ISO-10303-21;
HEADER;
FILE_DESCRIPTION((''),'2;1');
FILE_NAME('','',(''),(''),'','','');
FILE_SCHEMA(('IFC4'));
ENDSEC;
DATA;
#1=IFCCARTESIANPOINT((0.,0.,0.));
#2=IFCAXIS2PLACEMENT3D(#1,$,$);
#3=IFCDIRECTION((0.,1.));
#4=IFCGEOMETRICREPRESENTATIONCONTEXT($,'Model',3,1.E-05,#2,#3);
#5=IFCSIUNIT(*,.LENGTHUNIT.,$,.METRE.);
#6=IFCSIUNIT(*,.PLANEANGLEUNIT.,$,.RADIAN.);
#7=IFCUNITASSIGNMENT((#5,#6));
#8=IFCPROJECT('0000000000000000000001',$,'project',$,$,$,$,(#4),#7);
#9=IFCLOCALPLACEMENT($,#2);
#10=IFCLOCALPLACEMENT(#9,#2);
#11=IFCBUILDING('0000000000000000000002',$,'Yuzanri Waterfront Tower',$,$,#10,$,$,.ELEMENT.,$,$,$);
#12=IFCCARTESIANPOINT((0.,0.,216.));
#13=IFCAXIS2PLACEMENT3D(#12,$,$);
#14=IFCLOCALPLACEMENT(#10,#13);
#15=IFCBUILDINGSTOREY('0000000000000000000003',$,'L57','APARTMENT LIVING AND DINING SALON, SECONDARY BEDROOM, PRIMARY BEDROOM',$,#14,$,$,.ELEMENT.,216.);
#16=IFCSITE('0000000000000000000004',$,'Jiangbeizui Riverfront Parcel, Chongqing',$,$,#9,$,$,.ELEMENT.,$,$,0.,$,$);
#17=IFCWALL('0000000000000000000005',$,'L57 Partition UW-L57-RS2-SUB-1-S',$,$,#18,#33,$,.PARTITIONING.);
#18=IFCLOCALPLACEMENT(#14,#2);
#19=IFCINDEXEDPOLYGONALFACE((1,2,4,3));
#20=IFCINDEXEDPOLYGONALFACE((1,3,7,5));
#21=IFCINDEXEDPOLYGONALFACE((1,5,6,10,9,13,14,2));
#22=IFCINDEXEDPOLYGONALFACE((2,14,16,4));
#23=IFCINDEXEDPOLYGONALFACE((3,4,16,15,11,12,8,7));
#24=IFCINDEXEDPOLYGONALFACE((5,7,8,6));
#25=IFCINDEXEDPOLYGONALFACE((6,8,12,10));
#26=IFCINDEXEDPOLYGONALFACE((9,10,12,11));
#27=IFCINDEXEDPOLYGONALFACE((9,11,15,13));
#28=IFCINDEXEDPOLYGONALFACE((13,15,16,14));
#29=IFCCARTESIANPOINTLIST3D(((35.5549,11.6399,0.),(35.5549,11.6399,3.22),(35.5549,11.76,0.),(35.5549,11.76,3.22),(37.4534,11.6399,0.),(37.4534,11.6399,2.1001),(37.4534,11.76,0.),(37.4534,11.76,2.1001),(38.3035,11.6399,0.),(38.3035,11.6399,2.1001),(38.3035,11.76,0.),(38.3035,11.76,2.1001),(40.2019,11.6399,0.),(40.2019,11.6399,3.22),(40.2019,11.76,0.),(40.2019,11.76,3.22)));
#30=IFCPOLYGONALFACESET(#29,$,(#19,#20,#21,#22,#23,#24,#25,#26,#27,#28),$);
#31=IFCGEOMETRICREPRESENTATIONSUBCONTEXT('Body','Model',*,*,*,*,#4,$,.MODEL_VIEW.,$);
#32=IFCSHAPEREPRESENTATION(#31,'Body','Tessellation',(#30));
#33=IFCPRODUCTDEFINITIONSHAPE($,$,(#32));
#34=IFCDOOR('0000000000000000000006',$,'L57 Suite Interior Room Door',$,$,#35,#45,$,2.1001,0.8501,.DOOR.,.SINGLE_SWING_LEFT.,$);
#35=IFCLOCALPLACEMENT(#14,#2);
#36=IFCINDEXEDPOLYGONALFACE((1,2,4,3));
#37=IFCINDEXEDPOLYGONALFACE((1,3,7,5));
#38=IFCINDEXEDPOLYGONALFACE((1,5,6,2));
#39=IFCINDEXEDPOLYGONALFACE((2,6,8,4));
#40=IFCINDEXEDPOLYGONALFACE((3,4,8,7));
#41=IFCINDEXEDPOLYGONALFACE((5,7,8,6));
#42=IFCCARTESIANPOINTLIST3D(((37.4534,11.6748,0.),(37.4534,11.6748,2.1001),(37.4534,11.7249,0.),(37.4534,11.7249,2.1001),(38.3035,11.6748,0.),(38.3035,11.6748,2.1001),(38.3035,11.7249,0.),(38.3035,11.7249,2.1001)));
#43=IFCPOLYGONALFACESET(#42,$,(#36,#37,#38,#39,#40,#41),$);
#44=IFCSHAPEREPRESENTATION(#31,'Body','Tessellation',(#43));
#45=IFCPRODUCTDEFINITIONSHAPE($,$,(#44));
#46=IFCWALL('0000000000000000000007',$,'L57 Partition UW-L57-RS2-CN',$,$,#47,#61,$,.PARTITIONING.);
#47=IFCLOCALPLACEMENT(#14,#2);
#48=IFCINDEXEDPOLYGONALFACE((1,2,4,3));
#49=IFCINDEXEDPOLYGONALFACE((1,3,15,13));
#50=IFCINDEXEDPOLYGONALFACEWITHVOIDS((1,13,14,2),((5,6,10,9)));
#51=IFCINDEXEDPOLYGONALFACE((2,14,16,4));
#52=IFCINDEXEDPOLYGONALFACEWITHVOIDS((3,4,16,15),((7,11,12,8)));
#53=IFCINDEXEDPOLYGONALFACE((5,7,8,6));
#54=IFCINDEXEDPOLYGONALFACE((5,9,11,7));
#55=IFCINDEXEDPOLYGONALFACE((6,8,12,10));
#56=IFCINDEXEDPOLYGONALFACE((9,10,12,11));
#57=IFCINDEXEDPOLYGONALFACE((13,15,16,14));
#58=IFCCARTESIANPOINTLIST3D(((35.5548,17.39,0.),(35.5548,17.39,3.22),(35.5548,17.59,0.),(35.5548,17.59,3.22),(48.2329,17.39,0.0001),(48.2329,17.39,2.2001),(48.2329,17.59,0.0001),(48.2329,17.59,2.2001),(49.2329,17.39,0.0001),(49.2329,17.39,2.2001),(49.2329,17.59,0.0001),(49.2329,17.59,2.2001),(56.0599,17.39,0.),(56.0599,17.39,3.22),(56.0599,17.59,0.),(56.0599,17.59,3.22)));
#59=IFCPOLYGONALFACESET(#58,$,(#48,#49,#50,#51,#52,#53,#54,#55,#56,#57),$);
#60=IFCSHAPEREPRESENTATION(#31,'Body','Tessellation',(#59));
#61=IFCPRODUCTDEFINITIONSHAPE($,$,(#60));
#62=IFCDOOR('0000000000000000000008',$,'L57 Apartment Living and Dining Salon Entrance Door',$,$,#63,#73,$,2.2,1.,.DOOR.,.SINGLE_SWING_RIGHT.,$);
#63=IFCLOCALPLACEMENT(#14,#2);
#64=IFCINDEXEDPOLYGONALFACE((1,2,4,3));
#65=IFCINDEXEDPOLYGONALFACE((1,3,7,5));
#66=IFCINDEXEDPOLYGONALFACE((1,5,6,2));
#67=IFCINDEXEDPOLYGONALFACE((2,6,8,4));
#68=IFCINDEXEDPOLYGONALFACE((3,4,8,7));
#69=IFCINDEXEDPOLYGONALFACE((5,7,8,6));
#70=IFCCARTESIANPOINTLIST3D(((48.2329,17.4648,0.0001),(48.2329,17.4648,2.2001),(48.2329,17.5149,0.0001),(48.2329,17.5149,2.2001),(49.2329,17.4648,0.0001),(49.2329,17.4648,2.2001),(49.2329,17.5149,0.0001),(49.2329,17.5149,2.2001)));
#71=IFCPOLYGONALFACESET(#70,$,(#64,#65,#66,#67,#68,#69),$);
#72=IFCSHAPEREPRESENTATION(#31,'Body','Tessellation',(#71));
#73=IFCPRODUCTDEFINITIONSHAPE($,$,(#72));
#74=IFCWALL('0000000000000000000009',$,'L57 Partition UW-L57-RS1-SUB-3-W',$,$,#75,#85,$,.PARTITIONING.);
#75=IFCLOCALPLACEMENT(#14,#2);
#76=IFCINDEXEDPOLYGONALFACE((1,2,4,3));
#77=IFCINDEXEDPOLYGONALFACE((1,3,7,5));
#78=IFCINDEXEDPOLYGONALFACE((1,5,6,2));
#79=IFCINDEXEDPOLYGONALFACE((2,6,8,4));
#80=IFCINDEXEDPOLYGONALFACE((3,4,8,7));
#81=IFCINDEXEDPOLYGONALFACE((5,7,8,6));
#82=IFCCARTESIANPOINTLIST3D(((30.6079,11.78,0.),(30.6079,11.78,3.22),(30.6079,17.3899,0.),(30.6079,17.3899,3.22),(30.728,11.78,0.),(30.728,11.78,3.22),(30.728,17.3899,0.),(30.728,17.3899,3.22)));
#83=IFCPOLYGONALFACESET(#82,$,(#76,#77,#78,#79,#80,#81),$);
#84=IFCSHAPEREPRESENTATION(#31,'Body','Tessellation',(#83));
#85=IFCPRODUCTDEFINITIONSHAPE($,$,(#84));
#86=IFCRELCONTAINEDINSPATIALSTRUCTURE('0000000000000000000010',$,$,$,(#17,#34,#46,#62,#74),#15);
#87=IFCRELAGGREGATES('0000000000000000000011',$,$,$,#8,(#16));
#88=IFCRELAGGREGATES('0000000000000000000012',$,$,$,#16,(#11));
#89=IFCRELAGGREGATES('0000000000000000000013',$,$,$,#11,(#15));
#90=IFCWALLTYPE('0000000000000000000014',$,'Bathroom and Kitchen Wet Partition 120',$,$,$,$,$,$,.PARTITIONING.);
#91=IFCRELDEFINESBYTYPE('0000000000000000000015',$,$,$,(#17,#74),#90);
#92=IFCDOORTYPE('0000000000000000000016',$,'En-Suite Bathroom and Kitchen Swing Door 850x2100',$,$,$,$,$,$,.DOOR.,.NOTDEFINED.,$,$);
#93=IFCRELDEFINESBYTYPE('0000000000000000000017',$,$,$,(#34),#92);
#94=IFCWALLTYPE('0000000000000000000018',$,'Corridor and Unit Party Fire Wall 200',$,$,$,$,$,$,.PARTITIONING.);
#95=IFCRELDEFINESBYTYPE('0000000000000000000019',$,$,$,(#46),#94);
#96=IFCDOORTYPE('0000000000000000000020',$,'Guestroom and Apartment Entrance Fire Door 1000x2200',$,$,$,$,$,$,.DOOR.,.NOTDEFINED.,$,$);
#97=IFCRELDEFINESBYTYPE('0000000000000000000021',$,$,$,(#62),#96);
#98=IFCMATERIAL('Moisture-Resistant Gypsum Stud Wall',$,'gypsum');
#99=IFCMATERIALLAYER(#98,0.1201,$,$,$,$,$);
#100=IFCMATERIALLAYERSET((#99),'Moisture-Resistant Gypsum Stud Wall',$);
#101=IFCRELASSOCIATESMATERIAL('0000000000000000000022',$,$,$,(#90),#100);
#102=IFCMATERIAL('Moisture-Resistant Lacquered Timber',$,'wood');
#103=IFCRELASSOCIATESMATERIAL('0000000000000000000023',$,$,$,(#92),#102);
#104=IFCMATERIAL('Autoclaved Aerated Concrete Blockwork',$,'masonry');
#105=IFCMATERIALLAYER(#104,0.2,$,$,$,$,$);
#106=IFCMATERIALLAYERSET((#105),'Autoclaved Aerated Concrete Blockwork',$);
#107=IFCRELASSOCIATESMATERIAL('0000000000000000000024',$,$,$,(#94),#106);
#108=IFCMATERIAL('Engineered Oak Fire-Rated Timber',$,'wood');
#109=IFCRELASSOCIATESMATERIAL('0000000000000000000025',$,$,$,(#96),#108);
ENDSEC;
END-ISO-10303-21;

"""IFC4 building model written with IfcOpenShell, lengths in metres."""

from ifc_helpers import new_model, si_unit, direction, frame, frame_2d, origin, place, context, subcontext, project, spatial, rectangle, extrude, source, transform, mapped, material, layer, layer_set, type_object, element, fill, save


model = new_model("IFC4")

# Units and contexts
model_context = context("Model", 3, precision=1e-05, world=origin(), true_north=direction((0.0, 1.0)))
body_context = subcontext(model_context, "Body", "Model", "MODEL_VIEW")
ifc_project = project(units=[si_unit("LENGTHUNIT", "METRE"), si_unit("PLANEANGLEUNIT", "RADIAN")], contexts=[model_context])

# Site, building, storey
site_placement = place(None, origin())
site = spatial("IfcSite", under=ifc_project, at=site_placement, Name="Jiangbeizui Riverfront Parcel, Chongqing", CompositionType="ELEMENT", RefElevation=0.0)
building_placement = place(site_placement, origin())
building = spatial("IfcBuilding", under=site, at=building_placement, Name="Yuzanri Waterfront Tower", CompositionType="ELEMENT")
storey_placement = place(building_placement, frame((0.0, 0.0, 216.0)))
storey = spatial("IfcBuildingStorey", under=building, at=storey_placement, Name="L57", Description="APARTMENT LIVING AND DINING SALON, SECONDARY BEDROOM, PRIMARY BEDROOM", CompositionType="ELEMENT", Elevation=216.0)

# Wall, opening, door
ifc_material_1 = material(Name="Moisture-Resistant Gypsum Stud Wall", Category="gypsum")
ifc_layer_1 = layer(ifc_material_1, 0.1201)
ifc_layer_set_1 = layer_set([ifc_layer_1], Name="Moisture-Resistant Gypsum Stud Wall")
wall_type_1 = type_object("IfcWallType", Name="Bathroom and Kitchen Wet Partition 120", PredefinedType="PARTITIONING", material=ifc_layer_set_1)
ifc_material_2 = material(Name="Moisture-Resistant Lacquered Timber", Category="wood")
door_type_1 = type_object("IfcDoorType", Name="En-Suite Bathroom and Kitchen Swing Door 850x2100", OperationType="NOTDEFINED", PredefinedType="DOOR", material=ifc_material_2)
shared_shape_1 = source(origin(), body_context, "Body", "SweptSolid", [
    extrude(rectangle(XDim=0.8501, YDim=2.1001, at=frame_2d((0.425, 1.05))), frame((0.0, 0.0249, 0.0), z_axis=(0.0, -1.0, 0.0), x_axis=(1.0, 0.0, 0.0)), (0.0, 0.0, 1.0), 0.05),
])
wall_1_placement = place(storey_placement, frame((35.5549, 11.7, 0.0), z_axis=(0.0, 0.0, 1.0), x_axis=(1.0, 0.0, 0.0)))
wall_1 = element("IfcWall", 1, at=wall_1_placement, inside=storey, type_object=wall_type_1, Name="L57 Partition UW-L57-RS2-SUB-1-S", PredefinedType="PARTITIONING", context=body_context, shape_type="SweptSolid", body=[
    extrude(rectangle(XDim=4.647, YDim=0.1201, at=frame_2d((2.3235, 0.0))), origin(), (0.0, 0.0, 1.0), 3.22),
])
opening_1_placement = place(wall_1_placement, frame((1.8984, 0.0, 0.0)))
opening_1 = element("IfcOpeningElement", 2, at=opening_1_placement, cuts=wall_1, PredefinedType="OPENING", context=body_context, shape_type="SweptSolid", body=[
    extrude(rectangle(XDim=0.8501, YDim=2.1001, at=frame_2d((0.425, 1.05))), frame((0.0, 0.075, 0.0), z_axis=(0.0, -1.0, 0.0), x_axis=(1.0, 0.0, 0.0)), (0.0, 0.0, 1.0), 0.1499),
])
door_1_placement = place(opening_1_placement, origin())
door_1 = element("IfcDoor", 3, at=door_1_placement, inside=storey, type_object=door_type_1, Name="L57 Suite Interior Room Door", OperationType="SINGLE_SWING_LEFT", OverallHeight=2.1001, OverallWidth=0.8501, PredefinedType="DOOR", context=body_context, shape_type="MappedRepresentation", body=[
    mapped(shared_shape_1, transform((0.0, 0.0, 0.0), scale=1.0)),
])
fill(opening_1, door_1)

# Wall, opening, door
ifc_material_3 = material(Name="Autoclaved Aerated Concrete Blockwork", Category="masonry")
ifc_layer_2 = layer(ifc_material_3, 0.2)
ifc_layer_set_2 = layer_set([ifc_layer_2], Name="Autoclaved Aerated Concrete Blockwork")
wall_type_2 = type_object("IfcWallType", Name="Corridor and Unit Party Fire Wall 200", PredefinedType="PARTITIONING", material=ifc_layer_set_2)
wall_2_placement = place(storey_placement, frame((35.5549, 17.49, 0.0), z_axis=(0.0, 0.0, 1.0), x_axis=(1.0, 0.0, 0.0)))
wall_2 = element("IfcWall", 4, at=wall_2_placement, inside=storey, type_object=wall_type_2, Name="L57 Partition UW-L57-RS2-CN", PredefinedType="PARTITIONING", context=body_context, shape_type="SweptSolid", body=[
    extrude(rectangle(XDim=20.5051, YDim=0.2, at=frame_2d((10.2524, 0.0))), origin(), (0.0, 0.0, 1.0), 3.22),
])
opening_2_placement = place(wall_2_placement, frame((12.678, 0.0, 0.0)))
opening_2 = element("IfcOpeningElement", 5, at=opening_2_placement, cuts=wall_2, PredefinedType="OPENING", context=body_context, shape_type="SweptSolid", body=[
    extrude(rectangle(XDim=1.0, YDim=2.2, at=frame_2d((0.5, 1.1001))), frame((0.0, 0.1147, 0.0), z_axis=(0.0, -1.0, 0.0), x_axis=(1.0, 0.0, 0.0)), (0.0, 0.0, 1.0), 0.2297),
])
ifc_material_4 = material(Name="Engineered Oak Fire-Rated Timber", Category="wood")
door_type_2 = type_object("IfcDoorType", Name="Guestroom and Apartment Entrance Fire Door 1000x2200", OperationType="NOTDEFINED", PredefinedType="DOOR", material=ifc_material_4)
shared_shape_2 = source(origin(), body_context, "Body", "SweptSolid", [
    extrude(rectangle(XDim=1.0, YDim=2.2, at=frame_2d((0.5, 1.1001))), frame((0.0, 0.0249, 0.0), z_axis=(0.0, -1.0, 0.0), x_axis=(1.0, 0.0, 0.0)), (0.0, 0.0, 1.0), 0.05),
])
door_2_placement = place(opening_2_placement, origin())
door_2 = element("IfcDoor", 6, at=door_2_placement, inside=storey, type_object=door_type_2, Name="L57 Apartment Living and Dining Salon Entrance Door", OperationType="SINGLE_SWING_RIGHT", OverallHeight=2.2, OverallWidth=1.0, PredefinedType="DOOR", context=body_context, shape_type="MappedRepresentation", body=[
    mapped(shared_shape_2, transform((0.0, 0.0, 0.0), scale=1.0)),
])
fill(opening_2, door_2)

# Wall
shared_shape_3 = source(origin(), body_context, "Body", "SweptSolid", [
    extrude(rectangle(XDim=5.6099, YDim=0.1201, at=frame_2d((2.8049, 0.0))), origin(), (0.0, 0.0, 1.0), 3.22),
])
wall_3_placement = place(storey_placement, frame((30.668, 11.78, 0.0), z_axis=(0.0, 0.0, 1.0), x_axis=(0.0, 1.0, 0.0)))
element("IfcWall", 7, at=wall_3_placement, inside=storey, type_object=wall_type_1, Name="L57 Partition UW-L57-RS1-SUB-3-W", PredefinedType="PARTITIONING", context=body_context, shape_type="MappedRepresentation", body=[
    mapped(shared_shape_3, transform((0.0, 0.0, 0.0), scale=1.0)),
])

save(model, "model.ifc")
